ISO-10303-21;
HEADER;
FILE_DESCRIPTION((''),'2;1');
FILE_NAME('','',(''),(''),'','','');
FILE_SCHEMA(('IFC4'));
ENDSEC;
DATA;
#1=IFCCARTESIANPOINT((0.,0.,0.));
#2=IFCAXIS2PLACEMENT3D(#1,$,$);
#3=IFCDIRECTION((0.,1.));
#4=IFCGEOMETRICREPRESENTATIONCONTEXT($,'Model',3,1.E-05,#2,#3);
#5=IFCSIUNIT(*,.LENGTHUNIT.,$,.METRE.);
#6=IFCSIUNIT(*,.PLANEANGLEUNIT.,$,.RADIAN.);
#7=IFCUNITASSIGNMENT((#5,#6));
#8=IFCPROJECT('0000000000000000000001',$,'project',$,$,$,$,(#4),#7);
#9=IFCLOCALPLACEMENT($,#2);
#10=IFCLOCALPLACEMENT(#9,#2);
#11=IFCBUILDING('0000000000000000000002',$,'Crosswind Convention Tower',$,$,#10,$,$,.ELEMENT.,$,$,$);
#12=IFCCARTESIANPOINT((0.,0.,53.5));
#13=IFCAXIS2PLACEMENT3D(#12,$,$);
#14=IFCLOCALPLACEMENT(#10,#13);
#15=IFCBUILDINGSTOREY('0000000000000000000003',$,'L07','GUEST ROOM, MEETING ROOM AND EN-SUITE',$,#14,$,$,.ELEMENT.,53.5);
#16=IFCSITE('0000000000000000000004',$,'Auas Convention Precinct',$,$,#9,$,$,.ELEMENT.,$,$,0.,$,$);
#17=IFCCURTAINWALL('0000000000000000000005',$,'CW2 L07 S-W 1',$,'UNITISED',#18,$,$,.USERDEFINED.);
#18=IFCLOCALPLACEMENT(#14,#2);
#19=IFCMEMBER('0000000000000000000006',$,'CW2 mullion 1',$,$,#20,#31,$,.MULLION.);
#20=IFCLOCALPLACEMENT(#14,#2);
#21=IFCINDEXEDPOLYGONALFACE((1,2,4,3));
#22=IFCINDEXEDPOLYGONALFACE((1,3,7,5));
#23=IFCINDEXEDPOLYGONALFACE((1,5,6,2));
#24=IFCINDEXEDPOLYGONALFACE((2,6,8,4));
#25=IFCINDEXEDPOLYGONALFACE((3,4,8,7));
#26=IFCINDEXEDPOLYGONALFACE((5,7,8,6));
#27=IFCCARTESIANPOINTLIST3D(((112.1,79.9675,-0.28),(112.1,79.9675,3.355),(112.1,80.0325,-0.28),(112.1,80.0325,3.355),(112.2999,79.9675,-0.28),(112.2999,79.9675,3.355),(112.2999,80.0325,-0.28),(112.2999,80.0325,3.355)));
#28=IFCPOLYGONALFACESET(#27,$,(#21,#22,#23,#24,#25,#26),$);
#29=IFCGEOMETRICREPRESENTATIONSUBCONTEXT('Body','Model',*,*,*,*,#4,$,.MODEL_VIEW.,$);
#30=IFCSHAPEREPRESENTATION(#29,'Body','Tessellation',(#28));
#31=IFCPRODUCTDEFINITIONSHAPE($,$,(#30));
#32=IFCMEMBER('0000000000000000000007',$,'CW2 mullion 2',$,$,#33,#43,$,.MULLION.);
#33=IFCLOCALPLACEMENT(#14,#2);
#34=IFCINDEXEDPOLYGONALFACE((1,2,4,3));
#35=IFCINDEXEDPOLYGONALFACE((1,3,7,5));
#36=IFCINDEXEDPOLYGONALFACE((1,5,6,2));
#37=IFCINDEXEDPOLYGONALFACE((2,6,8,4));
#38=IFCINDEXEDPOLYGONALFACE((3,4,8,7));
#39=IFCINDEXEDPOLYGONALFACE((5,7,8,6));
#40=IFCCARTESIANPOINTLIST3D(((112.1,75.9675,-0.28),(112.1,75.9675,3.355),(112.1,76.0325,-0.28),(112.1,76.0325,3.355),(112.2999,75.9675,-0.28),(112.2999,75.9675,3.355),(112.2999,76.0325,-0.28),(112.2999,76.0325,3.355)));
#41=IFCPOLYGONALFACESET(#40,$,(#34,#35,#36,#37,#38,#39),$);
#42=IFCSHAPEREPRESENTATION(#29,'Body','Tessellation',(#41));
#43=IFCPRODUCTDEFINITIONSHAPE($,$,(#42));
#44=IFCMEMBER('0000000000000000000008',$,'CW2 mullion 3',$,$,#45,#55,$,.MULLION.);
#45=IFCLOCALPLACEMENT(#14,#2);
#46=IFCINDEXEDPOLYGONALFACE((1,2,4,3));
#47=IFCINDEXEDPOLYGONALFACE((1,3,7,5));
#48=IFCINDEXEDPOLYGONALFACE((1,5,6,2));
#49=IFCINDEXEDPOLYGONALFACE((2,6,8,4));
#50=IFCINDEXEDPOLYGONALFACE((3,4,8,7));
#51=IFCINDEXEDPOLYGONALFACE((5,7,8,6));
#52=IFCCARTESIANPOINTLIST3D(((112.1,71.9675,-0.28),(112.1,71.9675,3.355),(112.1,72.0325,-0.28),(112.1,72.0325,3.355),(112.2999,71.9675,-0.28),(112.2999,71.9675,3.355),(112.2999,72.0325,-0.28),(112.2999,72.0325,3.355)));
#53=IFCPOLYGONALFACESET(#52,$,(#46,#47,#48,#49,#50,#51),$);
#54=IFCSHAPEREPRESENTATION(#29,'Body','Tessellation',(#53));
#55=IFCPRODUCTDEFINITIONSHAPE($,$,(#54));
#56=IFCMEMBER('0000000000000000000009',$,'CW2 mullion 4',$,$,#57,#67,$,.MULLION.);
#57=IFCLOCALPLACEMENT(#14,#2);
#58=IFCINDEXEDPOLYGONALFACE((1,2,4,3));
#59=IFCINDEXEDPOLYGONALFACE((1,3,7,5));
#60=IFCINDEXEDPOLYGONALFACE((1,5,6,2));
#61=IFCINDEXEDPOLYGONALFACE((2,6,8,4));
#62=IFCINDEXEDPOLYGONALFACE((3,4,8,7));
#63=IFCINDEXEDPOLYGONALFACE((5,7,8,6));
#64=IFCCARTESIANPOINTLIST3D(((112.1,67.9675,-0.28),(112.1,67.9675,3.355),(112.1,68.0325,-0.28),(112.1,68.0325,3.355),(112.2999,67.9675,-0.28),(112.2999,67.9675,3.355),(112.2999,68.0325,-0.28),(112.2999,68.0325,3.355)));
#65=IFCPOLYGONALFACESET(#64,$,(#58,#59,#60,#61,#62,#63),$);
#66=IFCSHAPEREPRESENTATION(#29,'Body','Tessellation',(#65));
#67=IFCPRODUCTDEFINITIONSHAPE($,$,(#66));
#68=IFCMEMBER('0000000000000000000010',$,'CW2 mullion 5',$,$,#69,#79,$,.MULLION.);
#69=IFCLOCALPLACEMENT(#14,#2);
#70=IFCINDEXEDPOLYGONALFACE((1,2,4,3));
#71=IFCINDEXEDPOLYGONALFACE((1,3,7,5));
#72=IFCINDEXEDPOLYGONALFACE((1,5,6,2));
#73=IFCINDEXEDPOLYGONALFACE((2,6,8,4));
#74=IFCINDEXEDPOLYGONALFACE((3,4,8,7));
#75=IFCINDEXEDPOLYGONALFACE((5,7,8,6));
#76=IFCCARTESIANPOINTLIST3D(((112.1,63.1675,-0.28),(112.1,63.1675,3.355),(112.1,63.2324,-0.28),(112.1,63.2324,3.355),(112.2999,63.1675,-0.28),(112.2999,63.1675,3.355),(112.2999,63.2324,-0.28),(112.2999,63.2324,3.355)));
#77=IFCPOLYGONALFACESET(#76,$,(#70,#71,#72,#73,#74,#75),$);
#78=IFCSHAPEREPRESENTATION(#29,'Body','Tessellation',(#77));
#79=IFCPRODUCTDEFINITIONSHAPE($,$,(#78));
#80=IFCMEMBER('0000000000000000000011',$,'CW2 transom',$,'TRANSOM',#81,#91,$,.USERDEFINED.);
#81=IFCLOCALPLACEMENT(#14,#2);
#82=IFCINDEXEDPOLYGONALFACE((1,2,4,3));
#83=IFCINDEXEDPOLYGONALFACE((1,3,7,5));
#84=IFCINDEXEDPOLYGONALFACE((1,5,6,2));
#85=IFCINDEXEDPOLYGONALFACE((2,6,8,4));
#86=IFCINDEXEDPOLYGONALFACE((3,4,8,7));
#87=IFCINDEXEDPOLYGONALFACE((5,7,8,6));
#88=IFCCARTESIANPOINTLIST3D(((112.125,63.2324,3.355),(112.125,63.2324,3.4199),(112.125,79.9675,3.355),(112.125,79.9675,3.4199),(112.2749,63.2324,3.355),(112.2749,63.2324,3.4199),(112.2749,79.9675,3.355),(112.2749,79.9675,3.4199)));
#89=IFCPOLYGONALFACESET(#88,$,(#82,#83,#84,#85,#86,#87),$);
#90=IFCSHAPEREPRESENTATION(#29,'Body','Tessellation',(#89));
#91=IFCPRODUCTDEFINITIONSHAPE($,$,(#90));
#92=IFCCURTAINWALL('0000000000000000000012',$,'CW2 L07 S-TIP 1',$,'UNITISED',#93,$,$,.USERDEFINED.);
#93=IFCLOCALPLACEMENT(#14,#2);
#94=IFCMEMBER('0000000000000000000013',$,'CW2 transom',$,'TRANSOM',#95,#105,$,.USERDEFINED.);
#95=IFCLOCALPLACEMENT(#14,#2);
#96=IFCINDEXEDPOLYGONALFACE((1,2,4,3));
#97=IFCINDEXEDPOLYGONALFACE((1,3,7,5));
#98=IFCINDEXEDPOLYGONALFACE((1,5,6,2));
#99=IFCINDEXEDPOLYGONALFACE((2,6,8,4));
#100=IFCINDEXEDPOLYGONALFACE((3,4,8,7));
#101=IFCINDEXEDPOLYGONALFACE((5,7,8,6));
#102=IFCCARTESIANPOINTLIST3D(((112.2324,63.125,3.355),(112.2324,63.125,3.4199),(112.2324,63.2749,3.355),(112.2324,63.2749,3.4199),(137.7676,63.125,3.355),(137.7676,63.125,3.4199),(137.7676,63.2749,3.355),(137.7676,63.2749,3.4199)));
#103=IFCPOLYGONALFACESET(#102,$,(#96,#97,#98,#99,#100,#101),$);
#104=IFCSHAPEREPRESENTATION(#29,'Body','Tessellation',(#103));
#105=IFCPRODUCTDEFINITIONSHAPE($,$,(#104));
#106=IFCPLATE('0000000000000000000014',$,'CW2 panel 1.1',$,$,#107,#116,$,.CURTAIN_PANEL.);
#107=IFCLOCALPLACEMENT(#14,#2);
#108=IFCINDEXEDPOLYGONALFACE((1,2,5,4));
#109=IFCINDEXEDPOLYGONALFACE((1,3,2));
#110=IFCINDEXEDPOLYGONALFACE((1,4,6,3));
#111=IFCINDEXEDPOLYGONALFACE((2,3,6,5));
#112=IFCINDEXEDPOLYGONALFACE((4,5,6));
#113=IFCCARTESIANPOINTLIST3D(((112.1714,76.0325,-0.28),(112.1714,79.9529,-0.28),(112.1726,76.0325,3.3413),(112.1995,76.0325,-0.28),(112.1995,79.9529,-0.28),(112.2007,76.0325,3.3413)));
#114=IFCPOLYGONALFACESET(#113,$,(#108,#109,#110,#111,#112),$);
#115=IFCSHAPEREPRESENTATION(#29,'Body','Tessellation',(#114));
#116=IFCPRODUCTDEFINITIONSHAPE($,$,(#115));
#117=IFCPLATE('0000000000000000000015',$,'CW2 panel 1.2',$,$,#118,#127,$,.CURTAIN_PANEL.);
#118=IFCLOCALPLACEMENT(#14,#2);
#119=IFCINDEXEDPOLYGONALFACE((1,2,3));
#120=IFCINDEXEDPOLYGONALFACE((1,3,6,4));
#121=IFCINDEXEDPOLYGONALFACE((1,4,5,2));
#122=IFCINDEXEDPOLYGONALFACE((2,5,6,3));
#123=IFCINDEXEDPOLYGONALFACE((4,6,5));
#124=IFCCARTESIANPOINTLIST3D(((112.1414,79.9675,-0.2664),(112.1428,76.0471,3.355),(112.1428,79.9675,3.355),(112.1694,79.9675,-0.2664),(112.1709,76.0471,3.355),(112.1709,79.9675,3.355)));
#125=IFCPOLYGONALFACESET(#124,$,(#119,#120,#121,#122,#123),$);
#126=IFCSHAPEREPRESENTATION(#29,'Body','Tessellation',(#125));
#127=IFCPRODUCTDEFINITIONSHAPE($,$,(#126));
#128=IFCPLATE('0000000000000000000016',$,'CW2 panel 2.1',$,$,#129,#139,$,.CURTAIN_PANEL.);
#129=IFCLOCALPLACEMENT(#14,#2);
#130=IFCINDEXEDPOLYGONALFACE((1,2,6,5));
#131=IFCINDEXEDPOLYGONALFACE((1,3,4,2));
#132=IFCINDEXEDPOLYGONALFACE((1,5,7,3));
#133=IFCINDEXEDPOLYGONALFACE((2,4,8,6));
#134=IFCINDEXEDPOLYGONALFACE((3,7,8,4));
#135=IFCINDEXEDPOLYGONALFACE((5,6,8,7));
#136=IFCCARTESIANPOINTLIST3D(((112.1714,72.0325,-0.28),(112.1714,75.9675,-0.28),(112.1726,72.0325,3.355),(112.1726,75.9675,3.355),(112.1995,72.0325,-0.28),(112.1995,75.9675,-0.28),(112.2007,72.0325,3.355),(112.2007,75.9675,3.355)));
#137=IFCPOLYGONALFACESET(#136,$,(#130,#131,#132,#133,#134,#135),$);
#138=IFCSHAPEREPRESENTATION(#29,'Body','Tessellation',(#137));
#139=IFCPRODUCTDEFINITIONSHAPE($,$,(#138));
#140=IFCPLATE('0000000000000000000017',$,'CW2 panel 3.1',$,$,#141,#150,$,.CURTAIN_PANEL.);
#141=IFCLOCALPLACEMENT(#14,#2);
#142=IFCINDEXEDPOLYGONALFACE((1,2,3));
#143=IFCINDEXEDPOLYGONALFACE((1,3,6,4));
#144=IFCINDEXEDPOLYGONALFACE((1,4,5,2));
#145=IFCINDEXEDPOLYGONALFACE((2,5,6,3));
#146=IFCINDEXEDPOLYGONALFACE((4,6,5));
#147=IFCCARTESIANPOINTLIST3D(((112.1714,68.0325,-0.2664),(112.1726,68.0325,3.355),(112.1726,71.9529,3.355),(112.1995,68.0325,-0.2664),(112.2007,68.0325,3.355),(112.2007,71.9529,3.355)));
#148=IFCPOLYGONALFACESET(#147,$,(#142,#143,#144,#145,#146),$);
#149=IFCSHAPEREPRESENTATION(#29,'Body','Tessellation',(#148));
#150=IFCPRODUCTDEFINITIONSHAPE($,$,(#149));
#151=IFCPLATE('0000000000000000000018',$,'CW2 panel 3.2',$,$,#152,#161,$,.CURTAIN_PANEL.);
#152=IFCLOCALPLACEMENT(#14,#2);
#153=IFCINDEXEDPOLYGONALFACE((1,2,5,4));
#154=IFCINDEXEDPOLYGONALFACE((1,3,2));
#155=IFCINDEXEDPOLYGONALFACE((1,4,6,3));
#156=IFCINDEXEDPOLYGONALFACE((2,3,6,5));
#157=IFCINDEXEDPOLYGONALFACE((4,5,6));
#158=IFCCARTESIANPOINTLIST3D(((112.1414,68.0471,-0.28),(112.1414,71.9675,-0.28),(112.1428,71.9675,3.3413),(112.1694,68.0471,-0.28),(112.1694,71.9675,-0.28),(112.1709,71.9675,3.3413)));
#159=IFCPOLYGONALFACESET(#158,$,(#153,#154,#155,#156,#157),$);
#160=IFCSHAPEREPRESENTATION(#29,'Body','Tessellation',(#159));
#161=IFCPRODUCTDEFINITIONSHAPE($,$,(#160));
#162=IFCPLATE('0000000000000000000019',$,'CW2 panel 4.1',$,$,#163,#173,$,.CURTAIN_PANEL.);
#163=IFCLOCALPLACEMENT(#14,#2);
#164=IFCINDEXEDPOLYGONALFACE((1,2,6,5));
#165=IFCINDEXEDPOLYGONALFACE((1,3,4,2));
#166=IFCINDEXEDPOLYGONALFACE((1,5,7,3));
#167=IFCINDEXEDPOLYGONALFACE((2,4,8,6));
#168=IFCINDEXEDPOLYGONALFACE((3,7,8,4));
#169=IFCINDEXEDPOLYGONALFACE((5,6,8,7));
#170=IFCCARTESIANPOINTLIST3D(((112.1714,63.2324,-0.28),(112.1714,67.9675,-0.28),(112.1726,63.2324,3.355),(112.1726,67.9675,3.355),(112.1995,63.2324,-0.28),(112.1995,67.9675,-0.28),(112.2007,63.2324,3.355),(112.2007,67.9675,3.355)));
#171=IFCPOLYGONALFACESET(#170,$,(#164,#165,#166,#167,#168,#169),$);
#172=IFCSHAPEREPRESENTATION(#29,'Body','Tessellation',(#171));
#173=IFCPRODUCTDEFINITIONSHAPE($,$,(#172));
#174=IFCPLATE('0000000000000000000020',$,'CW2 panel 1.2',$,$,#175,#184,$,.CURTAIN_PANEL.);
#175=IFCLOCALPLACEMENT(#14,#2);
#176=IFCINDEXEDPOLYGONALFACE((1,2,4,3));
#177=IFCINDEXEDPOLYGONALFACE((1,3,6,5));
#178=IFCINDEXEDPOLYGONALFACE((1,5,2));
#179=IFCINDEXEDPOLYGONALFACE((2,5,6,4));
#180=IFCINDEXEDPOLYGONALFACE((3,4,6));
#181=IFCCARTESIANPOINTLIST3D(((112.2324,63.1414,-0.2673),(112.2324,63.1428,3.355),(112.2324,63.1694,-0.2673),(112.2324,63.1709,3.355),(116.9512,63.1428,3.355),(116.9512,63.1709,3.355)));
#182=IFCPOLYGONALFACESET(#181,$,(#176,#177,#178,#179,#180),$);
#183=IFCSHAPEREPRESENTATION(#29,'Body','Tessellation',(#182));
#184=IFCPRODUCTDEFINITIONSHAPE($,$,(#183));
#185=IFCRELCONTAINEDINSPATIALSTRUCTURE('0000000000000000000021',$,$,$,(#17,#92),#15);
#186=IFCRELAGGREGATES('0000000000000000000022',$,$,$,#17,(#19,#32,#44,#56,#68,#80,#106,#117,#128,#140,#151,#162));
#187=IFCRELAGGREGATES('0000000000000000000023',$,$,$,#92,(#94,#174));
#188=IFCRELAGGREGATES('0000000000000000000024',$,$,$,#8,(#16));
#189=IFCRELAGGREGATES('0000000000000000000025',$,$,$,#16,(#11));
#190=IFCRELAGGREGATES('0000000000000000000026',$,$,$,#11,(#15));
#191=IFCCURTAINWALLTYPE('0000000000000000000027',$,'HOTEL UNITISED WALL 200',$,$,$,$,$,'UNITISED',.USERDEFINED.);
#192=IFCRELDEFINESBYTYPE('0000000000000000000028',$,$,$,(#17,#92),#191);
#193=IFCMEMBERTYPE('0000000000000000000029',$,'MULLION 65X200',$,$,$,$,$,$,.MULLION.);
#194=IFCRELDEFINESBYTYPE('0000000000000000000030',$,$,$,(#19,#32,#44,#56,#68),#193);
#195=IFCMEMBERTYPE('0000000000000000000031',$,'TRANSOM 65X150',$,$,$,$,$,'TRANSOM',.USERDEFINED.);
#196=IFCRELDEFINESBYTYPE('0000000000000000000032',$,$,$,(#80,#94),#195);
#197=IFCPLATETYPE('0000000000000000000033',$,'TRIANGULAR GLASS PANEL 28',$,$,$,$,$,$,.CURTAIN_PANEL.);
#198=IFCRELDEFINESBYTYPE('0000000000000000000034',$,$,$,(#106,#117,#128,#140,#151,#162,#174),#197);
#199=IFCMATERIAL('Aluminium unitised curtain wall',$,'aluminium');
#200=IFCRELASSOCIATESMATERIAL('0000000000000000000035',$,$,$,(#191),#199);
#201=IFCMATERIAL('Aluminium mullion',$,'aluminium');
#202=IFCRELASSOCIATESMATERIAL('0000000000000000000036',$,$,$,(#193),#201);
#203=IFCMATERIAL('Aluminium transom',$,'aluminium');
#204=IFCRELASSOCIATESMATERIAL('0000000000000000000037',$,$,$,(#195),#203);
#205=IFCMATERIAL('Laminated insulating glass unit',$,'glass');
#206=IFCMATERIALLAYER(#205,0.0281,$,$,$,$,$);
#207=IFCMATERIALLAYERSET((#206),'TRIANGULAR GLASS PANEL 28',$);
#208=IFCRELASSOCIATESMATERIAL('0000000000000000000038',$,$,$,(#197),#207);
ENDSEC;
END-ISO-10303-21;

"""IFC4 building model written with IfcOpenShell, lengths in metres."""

from ifc_helpers import new_model, si_unit, direction, frame, origin, origin_2d, place, context, subcontext, project, spatial, polyline, rectangle, outline, extrude, material, layer, layer_set, material_profile, profile_set, type_object, element, aggregate, save


model = new_model("IFC4")

# Units and contexts
model_context = context("Model", 3, precision=1e-05, world=origin(), true_north=direction((0.0, 1.0)))
body_context = subcontext(model_context, "Body", "Model", "MODEL_VIEW")
ifc_project = project(units=[si_unit("LENGTHUNIT", "METRE"), si_unit("PLANEANGLEUNIT", "RADIAN")], contexts=[model_context])

# Site, building, storey
site_placement = place(None, origin())
site = spatial("IfcSite", under=ifc_project, at=site_placement, Name="Auas Convention Precinct", CompositionType="ELEMENT", RefElevation=0.0)
building_placement = place(site_placement, origin())
building = spatial("IfcBuilding", under=site, at=building_placement, Name="Crosswind Convention Tower", CompositionType="ELEMENT")
storey_placement = place(building_placement, frame((0.0, 0.0, 53.5)))
storey = spatial("IfcBuildingStorey", under=building, at=storey_placement, Name="L07", Description="GUEST ROOM, MEETING ROOM AND EN-SUITE", CompositionType="ELEMENT", Elevation=53.5)

# Curtain wall, members
ifc_material_1 = material(Name="Aluminium unitised curtain wall", Category="aluminium")
curtain_wall_type = type_object("IfcCurtainWallType", Name="HOTEL UNITISED WALL 200", ElementType="UNITISED", PredefinedType="USERDEFINED", material=ifc_material_1)
curtain_wall_1_placement = place(storey_placement, origin())
curtain_wall_1 = element("IfcCurtainWall", 1, at=curtain_wall_1_placement, inside=storey, type_object=curtain_wall_type, Name="CW2 L07 S-W 1", ObjectType="UNITISED", PredefinedType="USERDEFINED")
ifc_material_2 = material(Name="Aluminium mullion", Category="aluminium")
ifc_material_profile_1 = material_profile(ifc_material_2, rectangle(XDim=0.2, YDim=0.0649, at=origin_2d()), Name="AL 200X65")
ifc_profile_set_1 = profile_set([ifc_material_profile_1], Name="Aluminium mullion")
member_type_1 = type_object("IfcMemberType", Name="MULLION 65X200", PredefinedType="MULLION", material=ifc_profile_set_1)
member_1_placement = place(storey_placement, frame((112.2, 80.0, -0.28), z_axis=(0.0, 0.0, 1.0), x_axis=(-1.0, 0.0, 0.0)))
member_1 = element("IfcMember", 2, at=member_1_placement, type_object=member_type_1, Name="CW2 mullion 1", PredefinedType="MULLION", context=body_context, shape_type="SweptSolid", body=[
    extrude(rectangle(XDim=0.2, YDim=0.0649, at=origin_2d()), origin(), (0.0, 0.0, 1.0), 3.635),
])
member_2_placement = place(storey_placement, frame((112.2, 76.0, -0.28), z_axis=(0.0, 0.0, 1.0), x_axis=(-1.0, 0.0, 0.0)))
member_2 = element("IfcMember", 3, at=member_2_placement, type_object=member_type_1, Name="CW2 mullion 2", PredefinedType="MULLION", context=body_context, shape_type="SweptSolid", body=[
    extrude(rectangle(XDim=0.2, YDim=0.0649, at=origin_2d()), origin(), (0.0, 0.0, 1.0), 3.635),
])
member_3_placement = place(storey_placement, frame((112.2, 72.0, -0.28), z_axis=(0.0, 0.0, 1.0), x_axis=(-1.0, 0.0, 0.0)))
member_3 = element("IfcMember", 4, at=member_3_placement, type_object=member_type_1, Name="CW2 mullion 3", PredefinedType="MULLION", context=body_context, shape_type="SweptSolid", body=[
    extrude(rectangle(XDim=0.2, YDim=0.0649, at=origin_2d()), origin(), (0.0, 0.0, 1.0), 3.635),
])
member_4_placement = place(storey_placement, frame((112.2, 68.0, -0.28), z_axis=(0.0, 0.0, 1.0), x_axis=(-1.0, 0.0, 0.0)))
member_4 = element("IfcMember", 5, at=member_4_placement, type_object=member_type_1, Name="CW2 mullion 4", PredefinedType="MULLION", context=body_context, shape_type="SweptSolid", body=[
    extrude(rectangle(XDim=0.2, YDim=0.0649, at=origin_2d()), origin(), (0.0, 0.0, 1.0), 3.635),
])
member_5_placement = place(storey_placement, frame((112.2, 63.2, -0.28), z_axis=(0.0, 0.0, 1.0), x_axis=(-1.0, 0.0, 0.0)))
member_5 = element("IfcMember", 6, at=member_5_placement, type_object=member_type_1, Name="CW2 mullion 5", PredefinedType="MULLION", context=body_context, shape_type="SweptSolid", body=[
    extrude(rectangle(XDim=0.2, YDim=0.0649, at=origin_2d()), origin(), (0.0, 0.0, 1.0), 3.635),
])
ifc_material_3 = material(Name="Aluminium transom", Category="aluminium")
ifc_material_profile_2 = material_profile(ifc_material_3, rectangle(XDim=0.1499, YDim=0.0649, at=origin_2d()), Name="AL 150X65")
ifc_profile_set_2 = profile_set([ifc_material_profile_2], Name="Aluminium transom")
member_type_2 = type_object("IfcMemberType", Name="TRANSOM 65X150", ElementType="TRANSOM", PredefinedType="USERDEFINED", material=ifc_profile_set_2)
member_6_placement = place(storey_placement, frame((112.2, 79.9675, 3.3875), z_axis=(0.0, -1.0, 0.0), x_axis=(1.0, 0.0, 0.0)))
member_6 = element("IfcMember", 7, at=member_6_placement, type_object=member_type_2, Name="CW2 transom", ObjectType="TRANSOM", PredefinedType="USERDEFINED", context=body_context, shape_type="SweptSolid", body=[
    extrude(rectangle(XDim=0.1499, YDim=0.0649, at=origin_2d()), origin(), (0.0, 0.0, 1.0), 16.7351),
])

# Curtain wall, member
curtain_wall_2_placement = place(storey_placement, origin())
curtain_wall_2 = element("IfcCurtainWall", 8, at=curtain_wall_2_placement, inside=storey, type_object=curtain_wall_type, Name="CW2 L07 S-TIP 1", ObjectType="UNITISED", PredefinedType="USERDEFINED")
member_7_placement = place(storey_placement, frame((112.2324, 63.2, 3.3875), z_axis=(1.0, 0.0, 0.0), x_axis=(0.0, 1.0, 0.0)))
member_7 = element("IfcMember", 9, at=member_7_placement, type_object=member_type_2, Name="CW2 transom", ObjectType="TRANSOM", PredefinedType="USERDEFINED", context=body_context, shape_type="SweptSolid", body=[
    extrude(rectangle(XDim=0.1499, YDim=0.0649, at=origin_2d()), origin(), (0.0, 0.0, 1.0), 25.5352),
])

# Plates
ifc_material_4 = material(Name="Laminated insulating glass unit", Category="glass")
ifc_layer = layer(ifc_material_4, 0.0281)
ifc_layer_set = layer_set([ifc_layer], Name="TRIANGULAR GLASS PANEL 28")
plate_type = type_object("IfcPlateType", Name="TRIANGULAR GLASS PANEL 28", PredefinedType="CURTAIN_PANEL", material=ifc_layer_set)
plate_1_placement = place(storey_placement, frame((112.1714, 76.0325, -0.28), z_axis=(-1.0, 0.0, 0.000337), x_axis=(0.000337, 0.0, 1.0)))
plate_1 = element("IfcPlate", 10, at=plate_1_placement, type_object=plate_type, Name="CW2 panel 1.1", PredefinedType="CURTAIN_PANEL", context=body_context, shape_type="SweptSolid", body=[
    extrude(outline(polyline([(0.0, 0.0), (3.6213, 0.0), (0.0, 3.9204), (0.0, 0.0)])), origin(), (0.0, 0.0, -1.0), 0.0281),
])
plate_2_placement = place(storey_placement, frame((112.1428, 79.9675, 3.355), z_axis=(-1.0, 0.0, 0.000405), x_axis=(-0.000405, 0.0, -1.0)))
plate_2 = element("IfcPlate", 11, at=plate_2_placement, type_object=plate_type, Name="CW2 panel 1.2", PredefinedType="CURTAIN_PANEL", context=body_context, shape_type="SweptSolid", body=[
    extrude(outline(polyline([(0.0, 0.0), (3.6213, 0.0), (0.0, 3.9204), (0.0, 0.0)])), origin(), (0.0, 0.0, -1.0), 0.0281),
])
plate_3_placement = place(storey_placement, frame((112.1714, 75.9675, -0.28), z_axis=(-1.0, 0.0, 0.000336), x_axis=(0.0, -1.0, 0.0)))
plate_3 = element("IfcPlate", 12, at=plate_3_placement, type_object=plate_type, Name="CW2 panel 2.1", PredefinedType="CURTAIN_PANEL", context=body_context, shape_type="SweptSolid", body=[
    extrude(outline(polyline([(0.0, 0.0), (3.9351, 0.0), (3.9351, 3.635), (0.0, 3.635), (0.0, 0.0)])), origin(), (0.0, 0.0, -1.0), 0.0281),
])
plate_4_placement = place(storey_placement, frame((112.1726, 68.0325, 3.355), z_axis=(-1.0, 0.0, 0.000337), x_axis=(0.0, 1.0, 0.0)))
plate_4 = element("IfcPlate", 13, at=plate_4_placement, type_object=plate_type, Name="CW2 panel 3.1", PredefinedType="CURTAIN_PANEL", context=body_context, shape_type="SweptSolid", body=[
    extrude(outline(polyline([(0.0, 0.0), (3.9204, 0.0), (0.0, 3.6213), (0.0, 0.0)])), origin(), (0.0, 0.0, -1.0), 0.0281),
])
plate_5_placement = place(storey_placement, frame((112.1414, 71.9675, -0.28), z_axis=(-1.0, 0.0, 0.000405), x_axis=(0.0, -1.0, 0.0)))
plate_5 = element("IfcPlate", 14, at=plate_5_placement, type_object=plate_type, Name="CW2 panel 3.2", PredefinedType="CURTAIN_PANEL", context=body_context, shape_type="SweptSolid", body=[
    extrude(outline(polyline([(0.0, 0.0), (3.9204, 0.0), (0.0, 3.6213), (0.0, 0.0)])), origin(), (0.0, 0.0, -1.0), 0.0281),
])
plate_6_placement = place(storey_placement, frame((112.1714, 67.9675, -0.28), z_axis=(-1.0, 0.0, 0.000336), x_axis=(0.0, -1.0, 0.0)))
plate_6 = element("IfcPlate", 15, at=plate_6_placement, type_object=plate_type, Name="CW2 panel 4.1", PredefinedType="CURTAIN_PANEL", context=body_context, shape_type="SweptSolid", body=[
    extrude(outline(polyline([(0.0, 0.0), (4.7351, 0.0), (4.7351, 3.635), (0.0, 3.635), (0.0, 0.0)])), origin(), (0.0, 0.0, -1.0), 0.0281),
])
plate_7_placement = place(storey_placement, frame((112.2324, 63.1428, 3.355), z_axis=(0.0, -1.0, 0.000404), x_axis=(0.0, -0.000404, -1.0)))
plate_7 = element("IfcPlate", 16, at=plate_7_placement, type_object=plate_type, Name="CW2 panel 1.2", PredefinedType="CURTAIN_PANEL", context=body_context, shape_type="SweptSolid", body=[
    extrude(outline(polyline([(0.0, 0.0), (3.6223, 0.0), (0.0, 4.7188), (0.0, 0.0)])), origin(), (0.0, 0.0, -1.0), 0.0281),
])

aggregate(curtain_wall_1, [member_1, member_2, member_3, member_4, member_5, member_6, plate_1, plate_2, plate_3, plate_4, plate_5, plate_6])
aggregate(curtain_wall_2, [member_7, plate_7])

save(model, "model.ifc")
